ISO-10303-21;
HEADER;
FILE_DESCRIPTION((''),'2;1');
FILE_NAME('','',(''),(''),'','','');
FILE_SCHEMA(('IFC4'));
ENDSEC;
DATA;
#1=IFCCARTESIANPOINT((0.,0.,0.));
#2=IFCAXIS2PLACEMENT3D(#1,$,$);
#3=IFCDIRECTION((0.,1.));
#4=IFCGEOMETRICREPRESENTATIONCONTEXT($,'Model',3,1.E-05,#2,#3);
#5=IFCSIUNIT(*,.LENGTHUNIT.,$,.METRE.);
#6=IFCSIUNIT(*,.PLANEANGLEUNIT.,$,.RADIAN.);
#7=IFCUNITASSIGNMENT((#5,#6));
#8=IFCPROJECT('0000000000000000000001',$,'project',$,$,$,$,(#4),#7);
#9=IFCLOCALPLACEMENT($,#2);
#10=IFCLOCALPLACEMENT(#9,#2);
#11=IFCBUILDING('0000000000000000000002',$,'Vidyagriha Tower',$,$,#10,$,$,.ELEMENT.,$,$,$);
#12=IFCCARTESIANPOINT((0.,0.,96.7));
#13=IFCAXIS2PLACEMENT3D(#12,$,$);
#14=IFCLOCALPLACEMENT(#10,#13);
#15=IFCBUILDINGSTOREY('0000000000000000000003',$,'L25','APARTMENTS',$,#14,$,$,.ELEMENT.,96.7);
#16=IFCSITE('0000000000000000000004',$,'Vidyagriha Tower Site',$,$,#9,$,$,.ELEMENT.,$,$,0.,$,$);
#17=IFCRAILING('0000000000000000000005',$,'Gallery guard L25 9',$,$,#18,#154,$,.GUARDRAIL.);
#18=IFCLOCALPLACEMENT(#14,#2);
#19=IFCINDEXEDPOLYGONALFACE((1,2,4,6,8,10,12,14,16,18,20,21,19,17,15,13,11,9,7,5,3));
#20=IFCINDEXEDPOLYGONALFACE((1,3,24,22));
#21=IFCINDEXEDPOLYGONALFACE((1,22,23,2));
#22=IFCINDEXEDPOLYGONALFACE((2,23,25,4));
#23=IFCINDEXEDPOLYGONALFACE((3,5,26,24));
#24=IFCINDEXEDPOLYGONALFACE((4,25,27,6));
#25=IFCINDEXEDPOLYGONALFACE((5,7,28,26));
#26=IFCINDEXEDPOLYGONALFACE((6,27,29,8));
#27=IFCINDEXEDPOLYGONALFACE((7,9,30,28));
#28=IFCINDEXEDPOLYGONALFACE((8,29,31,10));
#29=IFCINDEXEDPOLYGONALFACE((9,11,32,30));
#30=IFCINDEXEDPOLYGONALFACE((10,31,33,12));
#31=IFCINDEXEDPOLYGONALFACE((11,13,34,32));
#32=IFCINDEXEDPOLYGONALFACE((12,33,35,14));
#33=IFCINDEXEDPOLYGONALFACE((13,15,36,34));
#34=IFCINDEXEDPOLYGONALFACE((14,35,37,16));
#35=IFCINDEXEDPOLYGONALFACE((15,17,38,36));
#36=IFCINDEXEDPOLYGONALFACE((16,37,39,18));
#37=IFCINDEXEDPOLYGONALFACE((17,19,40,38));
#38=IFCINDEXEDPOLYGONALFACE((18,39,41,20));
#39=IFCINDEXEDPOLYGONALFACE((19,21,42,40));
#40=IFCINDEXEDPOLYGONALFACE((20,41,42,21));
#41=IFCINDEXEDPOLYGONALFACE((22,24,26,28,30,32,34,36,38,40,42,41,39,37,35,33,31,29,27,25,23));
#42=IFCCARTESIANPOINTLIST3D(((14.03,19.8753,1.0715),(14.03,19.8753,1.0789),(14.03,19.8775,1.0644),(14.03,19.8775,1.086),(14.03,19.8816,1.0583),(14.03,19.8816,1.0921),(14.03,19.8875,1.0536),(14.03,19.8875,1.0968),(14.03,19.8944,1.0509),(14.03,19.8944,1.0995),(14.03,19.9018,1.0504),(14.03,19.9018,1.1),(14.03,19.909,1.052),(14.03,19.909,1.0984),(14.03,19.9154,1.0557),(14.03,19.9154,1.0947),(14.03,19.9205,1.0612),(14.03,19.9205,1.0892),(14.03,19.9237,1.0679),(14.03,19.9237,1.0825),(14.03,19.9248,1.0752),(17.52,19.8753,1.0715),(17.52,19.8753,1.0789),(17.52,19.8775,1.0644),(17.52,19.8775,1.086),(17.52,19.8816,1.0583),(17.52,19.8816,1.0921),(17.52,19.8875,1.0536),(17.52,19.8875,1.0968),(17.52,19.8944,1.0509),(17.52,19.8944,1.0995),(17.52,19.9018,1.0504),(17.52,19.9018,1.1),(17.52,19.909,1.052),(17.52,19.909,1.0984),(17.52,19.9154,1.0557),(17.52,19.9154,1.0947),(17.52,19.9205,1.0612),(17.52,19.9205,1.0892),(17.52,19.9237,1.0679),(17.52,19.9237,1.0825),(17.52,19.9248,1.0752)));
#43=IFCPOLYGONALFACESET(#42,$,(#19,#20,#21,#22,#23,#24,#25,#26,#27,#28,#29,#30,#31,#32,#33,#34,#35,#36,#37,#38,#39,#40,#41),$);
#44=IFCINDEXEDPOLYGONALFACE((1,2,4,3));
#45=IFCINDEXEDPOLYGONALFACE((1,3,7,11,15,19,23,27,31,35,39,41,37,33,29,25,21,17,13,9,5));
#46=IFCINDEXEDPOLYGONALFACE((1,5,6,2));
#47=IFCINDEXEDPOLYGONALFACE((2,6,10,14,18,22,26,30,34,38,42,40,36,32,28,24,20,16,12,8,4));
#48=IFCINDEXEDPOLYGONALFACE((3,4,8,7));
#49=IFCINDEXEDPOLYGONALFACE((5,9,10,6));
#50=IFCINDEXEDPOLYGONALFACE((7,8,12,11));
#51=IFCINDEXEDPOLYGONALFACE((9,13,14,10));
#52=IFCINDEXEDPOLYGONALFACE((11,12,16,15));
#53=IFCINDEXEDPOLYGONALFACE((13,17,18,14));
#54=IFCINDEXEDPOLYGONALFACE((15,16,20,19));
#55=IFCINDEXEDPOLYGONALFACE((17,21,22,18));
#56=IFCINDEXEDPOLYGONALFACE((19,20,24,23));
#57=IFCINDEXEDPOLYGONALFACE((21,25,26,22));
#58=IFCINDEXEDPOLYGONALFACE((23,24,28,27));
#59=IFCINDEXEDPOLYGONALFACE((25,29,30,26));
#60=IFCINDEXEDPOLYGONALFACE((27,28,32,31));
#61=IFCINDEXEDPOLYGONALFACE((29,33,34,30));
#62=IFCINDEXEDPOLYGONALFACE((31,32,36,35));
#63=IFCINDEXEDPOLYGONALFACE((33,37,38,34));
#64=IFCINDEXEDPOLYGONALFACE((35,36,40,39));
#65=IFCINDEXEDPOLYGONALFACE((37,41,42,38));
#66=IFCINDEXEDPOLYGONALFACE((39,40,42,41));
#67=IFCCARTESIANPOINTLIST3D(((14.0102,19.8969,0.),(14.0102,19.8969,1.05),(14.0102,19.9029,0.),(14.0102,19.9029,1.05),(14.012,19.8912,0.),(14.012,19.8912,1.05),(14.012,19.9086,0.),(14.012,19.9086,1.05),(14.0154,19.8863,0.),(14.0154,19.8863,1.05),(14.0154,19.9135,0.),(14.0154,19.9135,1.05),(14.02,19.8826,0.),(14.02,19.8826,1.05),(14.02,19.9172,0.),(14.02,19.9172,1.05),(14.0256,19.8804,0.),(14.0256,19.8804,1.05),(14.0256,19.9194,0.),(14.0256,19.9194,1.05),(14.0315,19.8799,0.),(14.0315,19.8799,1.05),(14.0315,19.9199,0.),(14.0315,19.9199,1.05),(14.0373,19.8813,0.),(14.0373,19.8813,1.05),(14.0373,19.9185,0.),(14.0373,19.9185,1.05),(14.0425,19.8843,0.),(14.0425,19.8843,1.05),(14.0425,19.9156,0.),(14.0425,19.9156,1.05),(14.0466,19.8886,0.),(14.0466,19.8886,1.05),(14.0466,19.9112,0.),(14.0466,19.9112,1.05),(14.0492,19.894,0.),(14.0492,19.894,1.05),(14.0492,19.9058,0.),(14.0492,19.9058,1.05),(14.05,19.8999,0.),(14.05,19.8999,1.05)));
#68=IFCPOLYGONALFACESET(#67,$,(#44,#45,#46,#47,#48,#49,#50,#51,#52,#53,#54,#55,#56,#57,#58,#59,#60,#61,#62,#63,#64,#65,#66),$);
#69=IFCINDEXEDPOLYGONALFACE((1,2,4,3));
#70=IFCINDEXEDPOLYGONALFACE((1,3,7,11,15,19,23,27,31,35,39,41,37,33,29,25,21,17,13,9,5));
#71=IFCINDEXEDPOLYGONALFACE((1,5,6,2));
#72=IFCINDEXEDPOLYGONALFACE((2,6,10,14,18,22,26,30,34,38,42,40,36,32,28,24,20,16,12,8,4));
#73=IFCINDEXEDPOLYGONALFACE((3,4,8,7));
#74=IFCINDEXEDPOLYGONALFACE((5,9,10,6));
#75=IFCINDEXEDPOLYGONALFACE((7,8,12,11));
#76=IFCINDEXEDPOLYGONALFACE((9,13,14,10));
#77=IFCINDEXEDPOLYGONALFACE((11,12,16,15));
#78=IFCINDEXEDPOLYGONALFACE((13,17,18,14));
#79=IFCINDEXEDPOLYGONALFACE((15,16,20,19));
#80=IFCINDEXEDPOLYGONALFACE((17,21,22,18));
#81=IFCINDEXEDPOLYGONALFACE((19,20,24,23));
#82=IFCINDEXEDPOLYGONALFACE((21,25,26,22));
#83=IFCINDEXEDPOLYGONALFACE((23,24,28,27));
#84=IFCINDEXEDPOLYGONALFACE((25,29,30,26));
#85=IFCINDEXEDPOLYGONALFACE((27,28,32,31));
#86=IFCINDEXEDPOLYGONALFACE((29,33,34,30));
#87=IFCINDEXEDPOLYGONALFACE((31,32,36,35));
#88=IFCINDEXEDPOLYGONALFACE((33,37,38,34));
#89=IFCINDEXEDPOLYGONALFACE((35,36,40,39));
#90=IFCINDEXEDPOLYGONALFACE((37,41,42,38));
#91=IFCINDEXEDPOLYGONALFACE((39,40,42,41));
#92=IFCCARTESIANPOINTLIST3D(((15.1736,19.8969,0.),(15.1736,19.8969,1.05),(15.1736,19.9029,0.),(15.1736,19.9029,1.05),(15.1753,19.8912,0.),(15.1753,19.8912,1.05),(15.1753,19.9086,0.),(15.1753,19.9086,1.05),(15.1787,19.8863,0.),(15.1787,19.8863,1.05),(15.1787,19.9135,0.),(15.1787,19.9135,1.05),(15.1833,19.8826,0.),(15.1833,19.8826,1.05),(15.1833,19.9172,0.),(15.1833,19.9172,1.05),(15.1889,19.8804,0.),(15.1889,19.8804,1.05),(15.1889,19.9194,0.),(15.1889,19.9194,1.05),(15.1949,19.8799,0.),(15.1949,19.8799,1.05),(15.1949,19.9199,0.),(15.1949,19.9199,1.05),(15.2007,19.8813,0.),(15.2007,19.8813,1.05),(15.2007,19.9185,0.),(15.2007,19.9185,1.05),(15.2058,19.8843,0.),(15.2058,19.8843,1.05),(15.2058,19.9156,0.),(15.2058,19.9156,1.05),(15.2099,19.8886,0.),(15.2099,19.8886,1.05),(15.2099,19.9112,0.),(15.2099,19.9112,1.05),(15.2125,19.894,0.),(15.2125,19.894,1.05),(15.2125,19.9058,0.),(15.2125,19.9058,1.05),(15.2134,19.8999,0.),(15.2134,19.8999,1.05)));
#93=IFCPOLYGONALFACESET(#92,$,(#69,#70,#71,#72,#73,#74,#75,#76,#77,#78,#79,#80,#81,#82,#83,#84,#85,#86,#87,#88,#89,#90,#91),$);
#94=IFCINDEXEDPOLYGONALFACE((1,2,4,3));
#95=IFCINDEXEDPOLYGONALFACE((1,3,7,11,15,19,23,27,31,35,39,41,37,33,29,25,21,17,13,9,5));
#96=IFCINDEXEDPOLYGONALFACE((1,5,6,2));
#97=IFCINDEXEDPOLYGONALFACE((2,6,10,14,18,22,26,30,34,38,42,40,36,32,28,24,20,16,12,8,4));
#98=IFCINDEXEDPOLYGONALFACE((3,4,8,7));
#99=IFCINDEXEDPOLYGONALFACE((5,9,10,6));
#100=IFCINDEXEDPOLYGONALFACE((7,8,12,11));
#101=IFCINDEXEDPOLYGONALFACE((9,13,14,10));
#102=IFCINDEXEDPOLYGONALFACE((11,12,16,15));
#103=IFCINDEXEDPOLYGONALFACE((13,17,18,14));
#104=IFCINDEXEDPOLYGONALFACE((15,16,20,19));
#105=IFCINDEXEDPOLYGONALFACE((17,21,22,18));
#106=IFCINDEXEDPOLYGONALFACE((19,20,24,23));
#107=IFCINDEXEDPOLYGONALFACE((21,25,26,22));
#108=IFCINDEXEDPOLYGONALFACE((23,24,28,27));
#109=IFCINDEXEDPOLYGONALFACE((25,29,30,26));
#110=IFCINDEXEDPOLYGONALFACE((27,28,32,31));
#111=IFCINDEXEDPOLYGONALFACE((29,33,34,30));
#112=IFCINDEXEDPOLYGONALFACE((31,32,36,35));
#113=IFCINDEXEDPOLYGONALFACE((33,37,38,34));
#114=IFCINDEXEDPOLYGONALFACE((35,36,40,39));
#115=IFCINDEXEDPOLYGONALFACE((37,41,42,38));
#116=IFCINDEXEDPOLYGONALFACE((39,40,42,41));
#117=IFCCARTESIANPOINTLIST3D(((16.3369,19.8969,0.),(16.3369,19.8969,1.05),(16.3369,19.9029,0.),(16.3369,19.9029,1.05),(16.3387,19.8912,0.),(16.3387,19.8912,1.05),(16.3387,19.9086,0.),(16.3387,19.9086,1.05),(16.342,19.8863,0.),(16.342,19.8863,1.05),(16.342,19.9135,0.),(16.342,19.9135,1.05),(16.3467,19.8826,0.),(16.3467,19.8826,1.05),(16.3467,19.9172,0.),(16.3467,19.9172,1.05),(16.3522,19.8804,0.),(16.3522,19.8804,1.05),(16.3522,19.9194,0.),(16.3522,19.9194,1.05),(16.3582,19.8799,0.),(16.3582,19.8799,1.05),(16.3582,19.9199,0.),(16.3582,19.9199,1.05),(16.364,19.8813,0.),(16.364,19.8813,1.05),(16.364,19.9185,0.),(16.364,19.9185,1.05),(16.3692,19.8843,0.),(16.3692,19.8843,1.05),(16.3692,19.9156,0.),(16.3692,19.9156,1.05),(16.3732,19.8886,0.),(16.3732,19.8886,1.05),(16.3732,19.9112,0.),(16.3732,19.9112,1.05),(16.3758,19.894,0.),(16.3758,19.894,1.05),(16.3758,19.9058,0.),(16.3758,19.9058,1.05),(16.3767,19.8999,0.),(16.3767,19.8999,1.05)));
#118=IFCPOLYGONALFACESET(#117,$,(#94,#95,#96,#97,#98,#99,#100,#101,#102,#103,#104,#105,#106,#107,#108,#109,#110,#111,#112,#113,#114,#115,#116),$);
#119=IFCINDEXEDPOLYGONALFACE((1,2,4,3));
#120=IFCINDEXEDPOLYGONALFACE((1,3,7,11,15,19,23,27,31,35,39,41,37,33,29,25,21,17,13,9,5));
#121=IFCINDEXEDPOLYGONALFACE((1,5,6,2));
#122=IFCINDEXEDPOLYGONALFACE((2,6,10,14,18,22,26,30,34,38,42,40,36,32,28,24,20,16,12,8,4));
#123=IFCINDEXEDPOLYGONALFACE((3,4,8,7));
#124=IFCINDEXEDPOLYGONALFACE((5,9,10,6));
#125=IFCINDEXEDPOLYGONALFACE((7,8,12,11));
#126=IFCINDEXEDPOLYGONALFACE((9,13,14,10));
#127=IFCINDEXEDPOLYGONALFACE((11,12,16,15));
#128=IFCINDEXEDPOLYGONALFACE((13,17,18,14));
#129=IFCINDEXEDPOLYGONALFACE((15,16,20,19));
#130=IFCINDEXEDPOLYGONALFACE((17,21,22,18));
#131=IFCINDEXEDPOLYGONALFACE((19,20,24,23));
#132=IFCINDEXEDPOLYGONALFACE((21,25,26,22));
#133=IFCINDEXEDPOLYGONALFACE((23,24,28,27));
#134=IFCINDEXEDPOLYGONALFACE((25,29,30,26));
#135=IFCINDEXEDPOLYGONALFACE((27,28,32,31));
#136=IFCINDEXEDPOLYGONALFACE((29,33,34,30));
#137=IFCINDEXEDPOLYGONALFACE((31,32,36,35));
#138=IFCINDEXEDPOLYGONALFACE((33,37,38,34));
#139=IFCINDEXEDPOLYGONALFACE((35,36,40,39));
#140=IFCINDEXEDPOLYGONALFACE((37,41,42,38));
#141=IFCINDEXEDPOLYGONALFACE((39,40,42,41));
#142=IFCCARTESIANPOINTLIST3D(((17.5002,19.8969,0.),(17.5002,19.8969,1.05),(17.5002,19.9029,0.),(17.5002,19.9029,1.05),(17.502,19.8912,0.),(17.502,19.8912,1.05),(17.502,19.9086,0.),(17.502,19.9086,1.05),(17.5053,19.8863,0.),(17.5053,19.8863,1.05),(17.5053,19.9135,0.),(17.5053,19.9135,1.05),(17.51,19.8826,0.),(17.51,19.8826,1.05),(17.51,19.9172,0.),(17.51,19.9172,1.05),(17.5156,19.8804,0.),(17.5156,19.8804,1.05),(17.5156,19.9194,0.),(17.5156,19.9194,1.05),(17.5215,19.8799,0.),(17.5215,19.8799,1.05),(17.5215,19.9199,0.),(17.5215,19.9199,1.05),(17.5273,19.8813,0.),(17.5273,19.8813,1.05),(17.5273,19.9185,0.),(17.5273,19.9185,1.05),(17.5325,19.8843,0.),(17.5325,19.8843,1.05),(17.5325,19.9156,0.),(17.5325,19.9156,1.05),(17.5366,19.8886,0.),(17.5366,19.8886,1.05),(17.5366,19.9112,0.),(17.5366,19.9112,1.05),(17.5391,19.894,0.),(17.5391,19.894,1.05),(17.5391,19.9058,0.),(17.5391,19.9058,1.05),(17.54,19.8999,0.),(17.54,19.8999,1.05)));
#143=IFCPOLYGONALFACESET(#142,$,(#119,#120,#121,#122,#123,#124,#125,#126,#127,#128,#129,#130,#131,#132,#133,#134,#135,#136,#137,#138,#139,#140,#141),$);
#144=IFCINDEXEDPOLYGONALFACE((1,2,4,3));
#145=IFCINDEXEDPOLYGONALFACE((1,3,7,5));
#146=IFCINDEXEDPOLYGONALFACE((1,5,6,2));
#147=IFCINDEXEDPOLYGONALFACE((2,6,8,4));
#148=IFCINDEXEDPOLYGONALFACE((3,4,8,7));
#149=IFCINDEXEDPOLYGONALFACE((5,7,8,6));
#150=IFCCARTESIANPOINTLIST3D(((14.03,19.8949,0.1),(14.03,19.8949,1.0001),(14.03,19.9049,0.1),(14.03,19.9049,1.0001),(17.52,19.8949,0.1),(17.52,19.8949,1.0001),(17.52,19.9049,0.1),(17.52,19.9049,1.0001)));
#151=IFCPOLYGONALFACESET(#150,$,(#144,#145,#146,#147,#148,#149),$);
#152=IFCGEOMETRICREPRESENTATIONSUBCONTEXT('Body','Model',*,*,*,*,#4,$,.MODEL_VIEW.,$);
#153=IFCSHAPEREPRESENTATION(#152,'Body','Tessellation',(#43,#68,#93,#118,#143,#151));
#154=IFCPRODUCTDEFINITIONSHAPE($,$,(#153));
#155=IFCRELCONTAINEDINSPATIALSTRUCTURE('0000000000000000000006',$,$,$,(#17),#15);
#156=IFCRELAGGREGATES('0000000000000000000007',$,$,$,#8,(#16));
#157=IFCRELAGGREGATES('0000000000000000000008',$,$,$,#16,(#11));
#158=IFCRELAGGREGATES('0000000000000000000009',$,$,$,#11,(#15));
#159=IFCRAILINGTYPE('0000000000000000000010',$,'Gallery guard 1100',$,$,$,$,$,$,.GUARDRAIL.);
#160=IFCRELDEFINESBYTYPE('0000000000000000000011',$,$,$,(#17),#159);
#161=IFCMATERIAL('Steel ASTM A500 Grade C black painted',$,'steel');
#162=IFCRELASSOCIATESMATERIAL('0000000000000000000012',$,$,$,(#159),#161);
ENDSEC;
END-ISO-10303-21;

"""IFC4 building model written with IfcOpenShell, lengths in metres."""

from ifc_helpers import new_model, si_unit, direction, frame, origin, origin_2d, place, context, subcontext, project, spatial, rectangle, circle, extrude, material, type_object, element, save


model = new_model("IFC4")

# Units and contexts
model_context = context("Model", 3, precision=1e-05, world=origin(), true_north=direction((0.0, 1.0)))
body_context = subcontext(model_context, "Body", "Model", "MODEL_VIEW")
ifc_project = project(units=[si_unit("LENGTHUNIT", "METRE"), si_unit("PLANEANGLEUNIT", "RADIAN")], contexts=[model_context])

# Site, building, storey
site_placement = place(None, origin())
site = spatial("IfcSite", under=ifc_project, at=site_placement, Name="Vidyagriha Tower Site", CompositionType="ELEMENT", RefElevation=0.0)
building_placement = place(site_placement, origin())
building = spatial("IfcBuilding", under=site, at=building_placement, Name="Vidyagriha Tower", CompositionType="ELEMENT")
storey_placement = place(building_placement, frame((0.0, 0.0, 96.7)))
storey = spatial("IfcBuildingStorey", under=building, at=storey_placement, Name="L25", Description="APARTMENTS", CompositionType="ELEMENT", Elevation=96.7)

# Railing
ifc_material_1 = material(Name="Steel ASTM A500 Grade C black painted", Category="steel")
railing_type = type_object("IfcRailingType", Name="Gallery guard 1100", PredefinedType="GUARDRAIL", material=ifc_material_1)
railing_placement = place(storey_placement, frame((14.03, 19.8999, 0.0)))
element("IfcRailing", 1, at=railing_placement, inside=storey, type_object=railing_type, Name="Gallery guard L25 9", PredefinedType="GUARDRAIL", context=body_context, shape_type="SweptSolid", body=[
    extrude(circle(Radius=0.0249, at=origin_2d()), frame((0.0, 0.0, 1.0752), z_axis=(1.0, 0.0, 0.0), x_axis=(0.0, 1.0, 0.0)), (0.0, 0.0, 1.0), 3.49),
    extrude(circle(Radius=0.02, at=origin_2d()), origin(), (0.0, 0.0, 1.0), 1.05),
    extrude(circle(Radius=0.02, at=origin_2d()), frame((1.1633, 0.0, 0.0)), (0.0, 0.0, 1.0), 1.05),
    extrude(circle(Radius=0.02, at=origin_2d()), frame((2.3267, 0.0, 0.0)), (0.0, 0.0, 1.0), 1.05),
    extrude(circle(Radius=0.02, at=origin_2d()), frame((3.49, 0.0, 0.0)), (0.0, 0.0, 1.0), 1.05),
    extrude(rectangle(XDim=0.01, YDim=0.9001, at=origin_2d()), frame((0.0, 0.0, 0.55), z_axis=(1.0, 0.0, 0.0), x_axis=(0.0, 1.0, 0.0)), (0.0, 0.0, 1.0), 3.49),
])

save(model, "model.ifc")
